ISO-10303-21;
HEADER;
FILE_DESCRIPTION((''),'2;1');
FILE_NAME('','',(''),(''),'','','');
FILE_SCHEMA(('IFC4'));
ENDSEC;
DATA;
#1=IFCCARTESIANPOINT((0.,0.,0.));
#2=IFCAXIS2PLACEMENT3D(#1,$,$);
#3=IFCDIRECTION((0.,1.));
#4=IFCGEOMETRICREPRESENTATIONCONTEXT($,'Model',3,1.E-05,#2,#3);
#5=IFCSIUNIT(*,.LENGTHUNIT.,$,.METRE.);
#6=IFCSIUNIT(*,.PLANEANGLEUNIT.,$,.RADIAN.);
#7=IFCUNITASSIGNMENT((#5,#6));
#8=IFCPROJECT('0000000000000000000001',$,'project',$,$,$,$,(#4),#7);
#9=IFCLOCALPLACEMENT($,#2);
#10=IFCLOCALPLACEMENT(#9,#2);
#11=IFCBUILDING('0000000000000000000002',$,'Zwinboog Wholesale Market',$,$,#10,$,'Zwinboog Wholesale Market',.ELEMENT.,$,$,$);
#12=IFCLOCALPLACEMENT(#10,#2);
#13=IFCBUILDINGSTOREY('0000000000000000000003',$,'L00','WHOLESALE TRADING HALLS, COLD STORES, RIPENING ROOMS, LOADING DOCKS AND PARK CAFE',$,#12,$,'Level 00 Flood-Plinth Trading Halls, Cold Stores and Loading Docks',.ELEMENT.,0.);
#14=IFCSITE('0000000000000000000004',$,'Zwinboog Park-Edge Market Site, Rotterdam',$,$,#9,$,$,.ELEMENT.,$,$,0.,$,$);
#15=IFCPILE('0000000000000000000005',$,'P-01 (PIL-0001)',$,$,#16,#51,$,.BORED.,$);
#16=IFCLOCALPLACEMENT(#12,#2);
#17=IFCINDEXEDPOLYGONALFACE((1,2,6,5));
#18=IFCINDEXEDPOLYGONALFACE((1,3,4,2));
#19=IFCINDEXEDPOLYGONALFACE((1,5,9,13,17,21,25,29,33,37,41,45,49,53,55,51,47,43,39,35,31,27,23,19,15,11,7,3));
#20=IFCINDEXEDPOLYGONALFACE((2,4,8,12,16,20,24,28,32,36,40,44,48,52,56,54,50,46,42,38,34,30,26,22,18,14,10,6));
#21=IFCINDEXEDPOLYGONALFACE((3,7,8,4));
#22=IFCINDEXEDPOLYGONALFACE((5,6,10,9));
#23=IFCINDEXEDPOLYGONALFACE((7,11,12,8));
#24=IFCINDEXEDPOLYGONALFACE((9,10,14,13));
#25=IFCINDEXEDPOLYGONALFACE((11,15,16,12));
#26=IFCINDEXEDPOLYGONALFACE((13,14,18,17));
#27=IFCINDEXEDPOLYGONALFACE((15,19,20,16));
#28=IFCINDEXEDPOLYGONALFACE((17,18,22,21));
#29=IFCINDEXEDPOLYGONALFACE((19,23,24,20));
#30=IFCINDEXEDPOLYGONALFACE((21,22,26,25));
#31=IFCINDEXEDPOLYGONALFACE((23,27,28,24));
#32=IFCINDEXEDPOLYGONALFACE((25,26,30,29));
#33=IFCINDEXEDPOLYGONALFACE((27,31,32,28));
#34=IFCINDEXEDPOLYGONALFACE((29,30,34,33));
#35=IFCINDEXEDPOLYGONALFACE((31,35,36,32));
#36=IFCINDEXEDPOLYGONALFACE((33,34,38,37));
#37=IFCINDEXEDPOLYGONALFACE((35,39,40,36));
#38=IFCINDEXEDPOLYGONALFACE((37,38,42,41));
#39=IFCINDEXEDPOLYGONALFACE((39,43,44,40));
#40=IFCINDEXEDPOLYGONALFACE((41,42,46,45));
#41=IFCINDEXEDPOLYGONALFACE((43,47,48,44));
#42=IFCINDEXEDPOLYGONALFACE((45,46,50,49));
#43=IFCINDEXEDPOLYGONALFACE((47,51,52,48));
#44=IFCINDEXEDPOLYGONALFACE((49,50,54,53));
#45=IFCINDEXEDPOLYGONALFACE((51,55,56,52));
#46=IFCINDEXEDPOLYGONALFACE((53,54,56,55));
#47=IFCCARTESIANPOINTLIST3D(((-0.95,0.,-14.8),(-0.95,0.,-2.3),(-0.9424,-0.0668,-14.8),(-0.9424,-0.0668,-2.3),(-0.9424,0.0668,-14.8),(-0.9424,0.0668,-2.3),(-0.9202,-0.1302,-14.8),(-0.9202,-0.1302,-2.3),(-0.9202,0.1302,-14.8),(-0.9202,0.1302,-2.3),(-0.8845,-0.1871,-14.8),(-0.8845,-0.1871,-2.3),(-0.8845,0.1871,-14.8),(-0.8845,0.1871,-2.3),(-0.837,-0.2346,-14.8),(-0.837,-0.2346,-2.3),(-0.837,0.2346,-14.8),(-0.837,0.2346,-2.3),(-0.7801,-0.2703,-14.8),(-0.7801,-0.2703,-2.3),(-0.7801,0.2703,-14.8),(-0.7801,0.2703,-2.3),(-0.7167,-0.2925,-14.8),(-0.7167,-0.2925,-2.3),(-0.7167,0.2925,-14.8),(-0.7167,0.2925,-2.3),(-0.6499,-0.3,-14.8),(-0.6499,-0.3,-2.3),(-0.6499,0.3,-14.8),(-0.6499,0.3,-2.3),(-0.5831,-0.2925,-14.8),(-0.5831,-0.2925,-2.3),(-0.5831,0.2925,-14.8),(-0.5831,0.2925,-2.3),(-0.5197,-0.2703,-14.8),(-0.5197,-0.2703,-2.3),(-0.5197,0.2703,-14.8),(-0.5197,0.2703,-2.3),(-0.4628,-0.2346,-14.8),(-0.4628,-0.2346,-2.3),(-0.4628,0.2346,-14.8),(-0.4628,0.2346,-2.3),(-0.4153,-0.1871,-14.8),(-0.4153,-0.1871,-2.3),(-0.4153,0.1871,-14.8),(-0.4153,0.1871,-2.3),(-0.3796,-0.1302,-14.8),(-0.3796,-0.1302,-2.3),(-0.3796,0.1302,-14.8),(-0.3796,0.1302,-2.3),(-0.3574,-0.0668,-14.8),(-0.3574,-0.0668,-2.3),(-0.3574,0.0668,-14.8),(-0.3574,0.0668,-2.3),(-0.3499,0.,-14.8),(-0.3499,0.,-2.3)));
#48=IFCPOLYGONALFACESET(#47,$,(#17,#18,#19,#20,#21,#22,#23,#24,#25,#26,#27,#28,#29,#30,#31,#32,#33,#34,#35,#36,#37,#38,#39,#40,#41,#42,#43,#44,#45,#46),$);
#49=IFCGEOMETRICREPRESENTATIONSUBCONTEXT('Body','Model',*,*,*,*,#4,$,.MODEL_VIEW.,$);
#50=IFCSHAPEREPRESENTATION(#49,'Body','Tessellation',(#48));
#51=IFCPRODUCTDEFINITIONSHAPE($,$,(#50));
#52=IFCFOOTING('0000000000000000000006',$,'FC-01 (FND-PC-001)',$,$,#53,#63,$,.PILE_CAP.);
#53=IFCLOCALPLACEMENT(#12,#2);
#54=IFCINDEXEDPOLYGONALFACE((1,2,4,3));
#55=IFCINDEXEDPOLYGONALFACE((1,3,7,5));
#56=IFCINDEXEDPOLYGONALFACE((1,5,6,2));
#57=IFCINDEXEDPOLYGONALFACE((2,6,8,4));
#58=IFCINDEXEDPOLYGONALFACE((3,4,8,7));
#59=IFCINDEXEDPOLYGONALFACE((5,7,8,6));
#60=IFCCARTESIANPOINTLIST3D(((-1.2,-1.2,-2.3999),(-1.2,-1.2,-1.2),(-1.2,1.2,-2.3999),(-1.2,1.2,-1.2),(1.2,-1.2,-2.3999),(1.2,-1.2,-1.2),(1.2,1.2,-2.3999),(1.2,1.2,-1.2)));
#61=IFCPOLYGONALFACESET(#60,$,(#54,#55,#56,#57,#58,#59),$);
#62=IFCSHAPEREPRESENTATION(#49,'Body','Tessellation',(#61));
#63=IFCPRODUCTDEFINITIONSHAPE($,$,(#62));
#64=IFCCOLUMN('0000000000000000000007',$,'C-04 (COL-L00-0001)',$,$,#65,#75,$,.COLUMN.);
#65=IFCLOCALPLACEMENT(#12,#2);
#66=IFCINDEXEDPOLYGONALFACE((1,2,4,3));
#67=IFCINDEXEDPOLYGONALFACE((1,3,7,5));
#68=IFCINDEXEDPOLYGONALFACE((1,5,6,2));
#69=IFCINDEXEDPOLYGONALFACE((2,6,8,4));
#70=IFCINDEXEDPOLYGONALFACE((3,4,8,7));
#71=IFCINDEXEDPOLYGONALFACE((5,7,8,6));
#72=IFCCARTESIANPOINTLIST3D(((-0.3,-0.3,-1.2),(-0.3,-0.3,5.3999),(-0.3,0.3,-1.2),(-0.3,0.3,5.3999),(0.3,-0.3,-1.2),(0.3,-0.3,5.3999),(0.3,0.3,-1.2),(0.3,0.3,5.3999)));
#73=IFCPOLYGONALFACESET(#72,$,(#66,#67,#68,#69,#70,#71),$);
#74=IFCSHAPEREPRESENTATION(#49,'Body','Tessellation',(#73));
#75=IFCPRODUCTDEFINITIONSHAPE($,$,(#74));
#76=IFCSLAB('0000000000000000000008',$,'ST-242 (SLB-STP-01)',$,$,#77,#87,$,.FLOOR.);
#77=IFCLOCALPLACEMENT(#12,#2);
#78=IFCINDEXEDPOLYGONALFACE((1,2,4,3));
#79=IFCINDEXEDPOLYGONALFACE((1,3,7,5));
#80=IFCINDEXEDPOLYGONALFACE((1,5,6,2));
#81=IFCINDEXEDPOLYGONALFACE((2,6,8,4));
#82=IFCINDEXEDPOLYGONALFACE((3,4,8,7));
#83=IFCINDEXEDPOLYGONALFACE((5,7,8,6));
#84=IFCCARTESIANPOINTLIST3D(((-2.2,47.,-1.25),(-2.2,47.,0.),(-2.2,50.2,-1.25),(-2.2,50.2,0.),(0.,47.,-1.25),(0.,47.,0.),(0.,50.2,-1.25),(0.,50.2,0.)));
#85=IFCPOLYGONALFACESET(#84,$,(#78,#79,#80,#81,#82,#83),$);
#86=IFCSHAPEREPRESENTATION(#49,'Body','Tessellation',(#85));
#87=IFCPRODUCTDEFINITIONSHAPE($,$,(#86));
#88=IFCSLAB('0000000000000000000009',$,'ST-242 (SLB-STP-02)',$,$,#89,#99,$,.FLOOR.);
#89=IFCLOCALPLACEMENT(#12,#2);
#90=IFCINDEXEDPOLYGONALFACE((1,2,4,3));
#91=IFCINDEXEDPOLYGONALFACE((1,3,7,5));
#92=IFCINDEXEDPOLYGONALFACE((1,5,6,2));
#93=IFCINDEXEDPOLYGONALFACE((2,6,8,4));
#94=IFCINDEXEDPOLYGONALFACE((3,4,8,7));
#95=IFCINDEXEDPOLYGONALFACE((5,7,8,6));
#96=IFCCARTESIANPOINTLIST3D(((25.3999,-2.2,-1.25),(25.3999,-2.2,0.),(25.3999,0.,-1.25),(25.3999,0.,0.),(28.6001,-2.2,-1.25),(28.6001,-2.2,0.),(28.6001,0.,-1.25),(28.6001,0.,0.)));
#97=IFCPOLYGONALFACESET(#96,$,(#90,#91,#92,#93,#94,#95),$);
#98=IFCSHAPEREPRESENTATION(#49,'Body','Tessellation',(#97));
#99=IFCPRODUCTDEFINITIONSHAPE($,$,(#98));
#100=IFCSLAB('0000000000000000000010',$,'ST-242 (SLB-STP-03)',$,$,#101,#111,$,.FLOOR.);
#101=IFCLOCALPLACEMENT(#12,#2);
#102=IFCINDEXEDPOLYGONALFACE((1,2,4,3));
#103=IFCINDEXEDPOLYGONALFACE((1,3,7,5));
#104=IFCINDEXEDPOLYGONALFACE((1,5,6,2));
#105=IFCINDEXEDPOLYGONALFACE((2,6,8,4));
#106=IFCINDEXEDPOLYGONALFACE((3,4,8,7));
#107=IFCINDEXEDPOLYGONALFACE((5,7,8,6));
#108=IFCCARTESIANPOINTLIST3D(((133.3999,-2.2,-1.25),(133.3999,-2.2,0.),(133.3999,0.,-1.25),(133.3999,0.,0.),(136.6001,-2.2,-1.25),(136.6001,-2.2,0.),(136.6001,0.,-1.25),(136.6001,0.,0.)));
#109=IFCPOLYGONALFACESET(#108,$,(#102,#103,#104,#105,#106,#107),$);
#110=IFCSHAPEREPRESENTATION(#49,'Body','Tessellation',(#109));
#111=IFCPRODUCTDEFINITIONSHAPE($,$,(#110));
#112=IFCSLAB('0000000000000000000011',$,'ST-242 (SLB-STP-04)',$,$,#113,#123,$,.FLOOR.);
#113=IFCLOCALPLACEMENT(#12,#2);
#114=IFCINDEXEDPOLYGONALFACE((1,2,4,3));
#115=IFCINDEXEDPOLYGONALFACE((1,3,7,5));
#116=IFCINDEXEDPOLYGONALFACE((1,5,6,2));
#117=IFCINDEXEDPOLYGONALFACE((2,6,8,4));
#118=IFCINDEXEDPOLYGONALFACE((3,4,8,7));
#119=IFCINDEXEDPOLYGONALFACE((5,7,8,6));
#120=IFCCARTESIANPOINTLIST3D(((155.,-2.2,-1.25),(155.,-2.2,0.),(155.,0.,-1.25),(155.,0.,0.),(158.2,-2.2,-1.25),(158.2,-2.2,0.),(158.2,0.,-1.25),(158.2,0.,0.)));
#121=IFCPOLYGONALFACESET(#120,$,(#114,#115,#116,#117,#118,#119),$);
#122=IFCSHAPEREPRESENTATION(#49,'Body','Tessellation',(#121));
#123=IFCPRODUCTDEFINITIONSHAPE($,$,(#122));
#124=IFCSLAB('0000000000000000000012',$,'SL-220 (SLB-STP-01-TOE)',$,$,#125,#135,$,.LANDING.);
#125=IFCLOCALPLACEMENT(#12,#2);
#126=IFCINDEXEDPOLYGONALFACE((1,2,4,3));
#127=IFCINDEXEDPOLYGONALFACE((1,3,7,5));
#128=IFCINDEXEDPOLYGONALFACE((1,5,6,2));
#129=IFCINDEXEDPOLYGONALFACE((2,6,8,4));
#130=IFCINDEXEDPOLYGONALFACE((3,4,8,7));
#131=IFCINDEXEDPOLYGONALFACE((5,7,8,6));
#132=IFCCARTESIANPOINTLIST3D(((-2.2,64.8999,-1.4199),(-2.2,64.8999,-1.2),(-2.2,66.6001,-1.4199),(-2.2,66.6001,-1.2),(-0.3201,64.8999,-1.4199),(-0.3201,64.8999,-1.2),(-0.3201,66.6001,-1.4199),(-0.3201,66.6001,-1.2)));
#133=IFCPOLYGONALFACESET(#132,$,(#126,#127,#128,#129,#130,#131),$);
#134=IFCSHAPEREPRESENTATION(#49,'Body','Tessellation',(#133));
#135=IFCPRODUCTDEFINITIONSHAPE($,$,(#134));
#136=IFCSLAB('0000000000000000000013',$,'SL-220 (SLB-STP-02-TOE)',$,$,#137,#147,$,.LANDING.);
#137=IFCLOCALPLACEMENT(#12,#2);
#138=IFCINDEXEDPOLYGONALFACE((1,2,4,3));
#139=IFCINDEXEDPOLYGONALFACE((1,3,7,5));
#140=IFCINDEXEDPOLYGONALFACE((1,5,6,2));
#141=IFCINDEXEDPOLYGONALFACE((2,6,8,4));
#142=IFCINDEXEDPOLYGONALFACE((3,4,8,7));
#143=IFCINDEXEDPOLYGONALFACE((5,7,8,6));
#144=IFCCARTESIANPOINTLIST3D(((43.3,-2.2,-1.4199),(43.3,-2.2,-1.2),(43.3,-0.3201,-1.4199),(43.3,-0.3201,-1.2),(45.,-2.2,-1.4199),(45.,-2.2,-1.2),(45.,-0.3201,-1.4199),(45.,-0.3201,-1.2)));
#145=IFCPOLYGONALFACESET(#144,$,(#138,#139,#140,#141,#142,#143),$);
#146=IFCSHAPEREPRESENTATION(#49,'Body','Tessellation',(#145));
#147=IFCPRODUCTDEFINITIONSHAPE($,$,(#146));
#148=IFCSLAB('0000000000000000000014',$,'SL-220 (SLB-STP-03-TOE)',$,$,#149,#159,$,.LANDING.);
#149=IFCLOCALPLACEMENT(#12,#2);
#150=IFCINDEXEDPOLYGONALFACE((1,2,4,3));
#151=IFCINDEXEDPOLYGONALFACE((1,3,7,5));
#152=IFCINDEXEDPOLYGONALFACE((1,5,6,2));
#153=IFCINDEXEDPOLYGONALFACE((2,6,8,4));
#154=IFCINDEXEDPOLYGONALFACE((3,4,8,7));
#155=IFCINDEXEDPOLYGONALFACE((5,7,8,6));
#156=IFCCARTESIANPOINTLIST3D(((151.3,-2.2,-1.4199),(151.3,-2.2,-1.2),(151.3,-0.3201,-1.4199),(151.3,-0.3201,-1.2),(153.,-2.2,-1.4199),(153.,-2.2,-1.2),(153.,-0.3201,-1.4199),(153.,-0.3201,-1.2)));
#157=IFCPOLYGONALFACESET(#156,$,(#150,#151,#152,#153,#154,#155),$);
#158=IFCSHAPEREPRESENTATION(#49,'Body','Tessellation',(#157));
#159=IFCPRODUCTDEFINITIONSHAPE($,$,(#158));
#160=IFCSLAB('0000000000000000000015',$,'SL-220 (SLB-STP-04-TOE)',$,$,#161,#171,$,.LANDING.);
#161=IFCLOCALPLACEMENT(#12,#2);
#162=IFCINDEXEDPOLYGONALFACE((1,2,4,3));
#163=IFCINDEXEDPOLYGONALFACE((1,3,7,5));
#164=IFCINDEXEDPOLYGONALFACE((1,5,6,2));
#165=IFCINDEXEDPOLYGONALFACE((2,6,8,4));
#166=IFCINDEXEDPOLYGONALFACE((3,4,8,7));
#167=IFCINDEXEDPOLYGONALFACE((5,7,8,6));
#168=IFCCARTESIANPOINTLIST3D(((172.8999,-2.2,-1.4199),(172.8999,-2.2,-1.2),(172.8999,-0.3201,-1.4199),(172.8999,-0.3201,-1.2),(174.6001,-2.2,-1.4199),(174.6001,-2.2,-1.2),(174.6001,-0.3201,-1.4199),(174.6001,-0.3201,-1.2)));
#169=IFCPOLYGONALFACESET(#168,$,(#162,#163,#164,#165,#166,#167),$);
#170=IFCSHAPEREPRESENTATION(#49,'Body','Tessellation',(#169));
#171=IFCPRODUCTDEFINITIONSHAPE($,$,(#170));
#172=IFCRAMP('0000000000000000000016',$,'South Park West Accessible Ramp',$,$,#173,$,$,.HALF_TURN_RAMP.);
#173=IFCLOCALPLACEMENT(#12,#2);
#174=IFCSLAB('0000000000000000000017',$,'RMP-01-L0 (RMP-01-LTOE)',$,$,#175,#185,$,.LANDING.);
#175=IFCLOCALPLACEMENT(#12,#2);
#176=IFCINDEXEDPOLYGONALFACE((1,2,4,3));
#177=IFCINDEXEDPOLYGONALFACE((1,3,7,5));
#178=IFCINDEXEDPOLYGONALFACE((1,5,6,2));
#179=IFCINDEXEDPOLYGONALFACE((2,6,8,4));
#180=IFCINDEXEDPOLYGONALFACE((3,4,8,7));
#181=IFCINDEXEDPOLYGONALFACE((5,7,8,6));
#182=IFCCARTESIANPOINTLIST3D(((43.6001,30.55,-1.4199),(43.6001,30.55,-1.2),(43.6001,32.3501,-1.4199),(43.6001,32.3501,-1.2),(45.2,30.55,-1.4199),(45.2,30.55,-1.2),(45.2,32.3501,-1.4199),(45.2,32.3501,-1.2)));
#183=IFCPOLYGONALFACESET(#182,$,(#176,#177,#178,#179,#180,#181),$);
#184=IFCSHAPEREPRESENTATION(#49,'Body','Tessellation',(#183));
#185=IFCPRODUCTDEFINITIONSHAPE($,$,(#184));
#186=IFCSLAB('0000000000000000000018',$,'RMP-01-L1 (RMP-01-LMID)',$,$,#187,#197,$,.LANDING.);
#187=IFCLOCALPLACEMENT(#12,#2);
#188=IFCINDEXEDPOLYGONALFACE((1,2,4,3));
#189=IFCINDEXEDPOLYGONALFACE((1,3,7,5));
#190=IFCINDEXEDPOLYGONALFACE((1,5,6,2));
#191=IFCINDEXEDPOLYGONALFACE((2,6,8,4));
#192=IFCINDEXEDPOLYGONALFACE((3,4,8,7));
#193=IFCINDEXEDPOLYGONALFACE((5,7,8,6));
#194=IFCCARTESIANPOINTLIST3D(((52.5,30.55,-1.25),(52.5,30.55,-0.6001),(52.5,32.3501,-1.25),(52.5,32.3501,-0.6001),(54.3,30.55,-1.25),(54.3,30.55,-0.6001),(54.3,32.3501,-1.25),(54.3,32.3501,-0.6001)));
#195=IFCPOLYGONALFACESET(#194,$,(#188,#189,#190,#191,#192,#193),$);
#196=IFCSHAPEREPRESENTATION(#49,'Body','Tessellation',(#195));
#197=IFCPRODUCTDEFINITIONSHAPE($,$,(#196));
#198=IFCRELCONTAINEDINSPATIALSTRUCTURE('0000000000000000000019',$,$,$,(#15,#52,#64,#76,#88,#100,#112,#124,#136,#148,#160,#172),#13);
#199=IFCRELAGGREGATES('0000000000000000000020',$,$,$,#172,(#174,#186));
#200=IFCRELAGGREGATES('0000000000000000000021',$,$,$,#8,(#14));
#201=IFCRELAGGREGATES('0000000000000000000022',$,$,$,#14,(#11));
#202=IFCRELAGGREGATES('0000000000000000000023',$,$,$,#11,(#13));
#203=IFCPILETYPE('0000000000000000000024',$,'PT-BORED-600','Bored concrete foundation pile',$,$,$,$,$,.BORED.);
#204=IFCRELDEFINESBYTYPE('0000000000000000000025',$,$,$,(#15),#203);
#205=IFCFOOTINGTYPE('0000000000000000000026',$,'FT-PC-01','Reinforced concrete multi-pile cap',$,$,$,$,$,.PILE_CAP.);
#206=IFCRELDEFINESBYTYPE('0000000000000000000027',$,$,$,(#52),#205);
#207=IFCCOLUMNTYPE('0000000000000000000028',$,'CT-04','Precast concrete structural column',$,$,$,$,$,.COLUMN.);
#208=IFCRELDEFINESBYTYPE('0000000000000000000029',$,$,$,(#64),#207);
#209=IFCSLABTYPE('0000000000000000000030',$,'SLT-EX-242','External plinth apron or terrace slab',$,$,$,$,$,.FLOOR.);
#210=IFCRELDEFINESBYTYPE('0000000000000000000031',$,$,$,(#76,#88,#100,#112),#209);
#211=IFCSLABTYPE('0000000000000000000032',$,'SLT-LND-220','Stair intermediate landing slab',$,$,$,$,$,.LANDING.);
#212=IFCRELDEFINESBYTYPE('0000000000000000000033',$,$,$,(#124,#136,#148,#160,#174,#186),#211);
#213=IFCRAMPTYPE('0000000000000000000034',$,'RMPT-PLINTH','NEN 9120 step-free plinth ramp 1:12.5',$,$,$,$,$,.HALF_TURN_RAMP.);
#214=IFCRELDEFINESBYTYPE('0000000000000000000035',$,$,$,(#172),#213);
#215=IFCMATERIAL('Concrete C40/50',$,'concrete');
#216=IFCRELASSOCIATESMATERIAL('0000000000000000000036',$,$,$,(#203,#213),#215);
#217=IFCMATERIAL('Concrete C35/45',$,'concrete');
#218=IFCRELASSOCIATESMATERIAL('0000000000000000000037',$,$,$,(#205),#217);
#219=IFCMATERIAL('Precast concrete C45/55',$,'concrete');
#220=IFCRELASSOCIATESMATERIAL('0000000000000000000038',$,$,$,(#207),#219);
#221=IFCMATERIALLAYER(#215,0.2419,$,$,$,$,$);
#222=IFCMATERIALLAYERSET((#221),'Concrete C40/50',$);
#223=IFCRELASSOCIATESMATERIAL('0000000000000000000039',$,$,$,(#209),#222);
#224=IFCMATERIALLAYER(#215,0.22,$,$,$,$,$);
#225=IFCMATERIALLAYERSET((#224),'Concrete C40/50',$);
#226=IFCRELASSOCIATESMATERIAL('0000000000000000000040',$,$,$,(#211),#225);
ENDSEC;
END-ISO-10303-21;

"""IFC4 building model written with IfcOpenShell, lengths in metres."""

from ifc_helpers import new_model, si_unit, direction, frame, origin, origin_2d, place, context, subcontext, project, spatial, polyline, rectangle, circle, outline, extrude, material, layer, layer_set, material_profile, profile_set, type_object, element, aggregate, save


model = new_model("IFC4")

# Units and contexts
model_context = context("Model", 3, precision=1e-05, world=origin(), true_north=direction((0.0, 1.0)))
body_context = subcontext(model_context, "Body", "Model", "MODEL_VIEW")
ifc_project = project(units=[si_unit("LENGTHUNIT", "METRE"), si_unit("PLANEANGLEUNIT", "RADIAN")], contexts=[model_context])

# Site, building, storey
site_placement = place(None, origin())
site = spatial("IfcSite", under=ifc_project, at=site_placement, Name="Zwinboog Park-Edge Market Site, Rotterdam", CompositionType="ELEMENT", RefElevation=0.0)
building_placement = place(site_placement, origin())
building = spatial("IfcBuilding", under=site, at=building_placement, Name="Zwinboog Wholesale Market", LongName="Zwinboog Wholesale Market", CompositionType="ELEMENT")
storey_placement = place(building_placement, origin())
storey = spatial("IfcBuildingStorey", under=building, at=storey_placement, Name="L00", Description="WHOLESALE TRADING HALLS, COLD STORES, RIPENING ROOMS, LOADING DOCKS AND PARK CAFE", LongName="Level 00 Flood-Plinth Trading Halls, Cold Stores and Loading Docks", CompositionType="ELEMENT", Elevation=0.0)

# Pile
ifc_material_1 = material(Name="Concrete C40/50", Category="concrete")
ifc_material_profile_1 = material_profile(ifc_material_1, circle(Radius=0.3, at=origin_2d()), Name="PILE D600")
ifc_profile_set_1 = profile_set([ifc_material_profile_1], Name="Concrete C40/50")
pile_type = type_object("IfcPileType", Name="PT-BORED-600", Description="Bored concrete foundation pile", PredefinedType="BORED", material=ifc_profile_set_1)
pile_placement = place(storey_placement, frame((-0.6499, 0.0, -2.3), z_axis=(0.0, 0.0, -1.0), x_axis=(1.0, 0.0, 0.0)))
element("IfcPile", 1, at=pile_placement, inside=storey, type_object=pile_type, Name="P-01 (PIL-0001)", PredefinedType="BORED", context=body_context, shape_type="SweptSolid", body=[
    extrude(circle(Radius=0.3, at=origin_2d()), origin(), (0.0, 0.0, 1.0), 12.5),
])

# Footing
ifc_material_2 = material(Name="Concrete C35/45", Category="concrete")
footing_type = type_object("IfcFootingType", Name="FT-PC-01", Description="Reinforced concrete multi-pile cap", PredefinedType="PILE_CAP", material=ifc_material_2)
footing_placement = place(storey_placement, frame((0.0, 0.0, -2.3999), z_axis=(0.0, 0.0, 1.0), x_axis=(1.0, 0.0, 0.0)))
element("IfcFooting", 2, at=footing_placement, inside=storey, type_object=footing_type, Name="FC-01 (FND-PC-001)", PredefinedType="PILE_CAP", context=body_context, shape_type="SweptSolid", body=[
    extrude(rectangle(XDim=2.3999, YDim=2.3999, at=origin_2d()), origin(), (0.0, 0.0, 1.0), 1.2),
])

# Column
ifc_material_3 = material(Name="Precast concrete C45/55", Category="concrete")
ifc_material_profile_2 = material_profile(ifc_material_3, rectangle(XDim=0.6001, YDim=0.6001, at=origin_2d()), Name="PC 600x600")
ifc_profile_set_2 = profile_set([ifc_material_profile_2], Name="Precast concrete C45/55")
column_type = type_object("IfcColumnType", Name="CT-04", Description="Precast concrete structural column", PredefinedType="COLUMN", material=ifc_profile_set_2)
column_placement = place(storey_placement, frame((0.0, 0.0, -1.2), z_axis=(0.0, 0.0, 1.0), x_axis=(1.0, 0.0, 0.0)))
element("IfcColumn", 3, at=column_placement, inside=storey, type_object=column_type, Name="C-04 (COL-L00-0001)", PredefinedType="COLUMN", context=body_context, shape_type="SweptSolid", body=[
    extrude(rectangle(XDim=0.6001, YDim=0.6001, at=origin_2d()), origin(), (0.0, 0.0, 1.0), 6.5999),
])

# Slabs
ifc_layer_1 = layer(ifc_material_1, 0.2419)
ifc_layer_set_1 = layer_set([ifc_layer_1], Name="Concrete C40/50")
slab_type_1 = type_object("IfcSlabType", Name="SLT-EX-242", Description="External plinth apron or terrace slab", PredefinedType="FLOOR", material=ifc_layer_set_1)
slab_1_placement = place(storey_placement, frame((0.0, 0.0, -1.25)))
element("IfcSlab", 4, at=slab_1_placement, inside=storey, type_object=slab_type_1, Name="ST-242 (SLB-STP-01)", PredefinedType="FLOOR", context=body_context, shape_type="SweptSolid", body=[
    extrude(outline(polyline([(-2.2, 47.0), (0.0, 47.0), (0.0, 50.2), (-2.2, 50.2), (-2.2, 47.0)])), origin(), (0.0, 0.0, 1.0), 1.25),
])
slab_2_placement = place(storey_placement, frame((0.0, 0.0, -1.25)))
element("IfcSlab", 5, at=slab_2_placement, inside=storey, type_object=slab_type_1, Name="ST-242 (SLB-STP-02)", PredefinedType="FLOOR", context=body_context, shape_type="SweptSolid", body=[
    extrude(outline(polyline([(25.3999, -2.2), (28.6001, -2.2), (28.6001, 0.0), (25.3999, 0.0), (25.3999, -2.2)])), origin(), (0.0, 0.0, 1.0), 1.25),
])
slab_3_placement = place(storey_placement, frame((0.0, 0.0, -1.25)))
element("IfcSlab", 6, at=slab_3_placement, inside=storey, type_object=slab_type_1, Name="ST-242 (SLB-STP-03)", PredefinedType="FLOOR", context=body_context, shape_type="SweptSolid", body=[
    extrude(outline(polyline([(133.3999, -2.2), (136.6001, -2.2), (136.6001, 0.0), (133.3999, 0.0), (133.3999, -2.2)])), origin(), (0.0, 0.0, 1.0), 1.25),
])
slab_4_placement = place(storey_placement, frame((0.0, 0.0, -1.25)))
element("IfcSlab", 7, at=slab_4_placement, inside=storey, type_object=slab_type_1, Name="ST-242 (SLB-STP-04)", PredefinedType="FLOOR", context=body_context, shape_type="SweptSolid", body=[
    extrude(outline(polyline([(155.0, -2.2), (158.2, -2.2), (158.2, 0.0), (155.0, 0.0), (155.0, -2.2)])), origin(), (0.0, 0.0, 1.0), 1.25),
])
ifc_layer_2 = layer(ifc_material_1, 0.22)
ifc_layer_set_2 = layer_set([ifc_layer_2], Name="Concrete C40/50")
slab_type_2 = type_object("IfcSlabType", Name="SLT-LND-220", Description="Stair intermediate landing slab", PredefinedType="LANDING", material=ifc_layer_set_2)
slab_5_placement = place(storey_placement, frame((0.0, 0.0, -1.4199)))
element("IfcSlab", 8, at=slab_5_placement, inside=storey, type_object=slab_type_2, Name="SL-220 (SLB-STP-01-TOE)", PredefinedType="LANDING", context=body_context, shape_type="SweptSolid", body=[
    extrude(outline(polyline([(-2.2, 64.8999), (-0.3201, 64.8999), (-0.3201, 66.6001), (-2.2, 66.6001), (-2.2, 64.8999)])), origin(), (0.0, 0.0, 1.0), 0.22),
])
slab_6_placement = place(storey_placement, frame((0.0, 0.0, -1.4199)))
element("IfcSlab", 9, at=slab_6_placement, inside=storey, type_object=slab_type_2, Name="SL-220 (SLB-STP-02-TOE)", PredefinedType="LANDING", context=body_context, shape_type="SweptSolid", body=[
    extrude(outline(polyline([(43.3, -2.2), (45.0, -2.2), (45.0, -0.3201), (43.3, -0.3201), (43.3, -2.2)])), origin(), (0.0, 0.0, 1.0), 0.22),
])
slab_7_placement = place(storey_placement, frame((0.0, 0.0, -1.4199)))
element("IfcSlab", 10, at=slab_7_placement, inside=storey, type_object=slab_type_2, Name="SL-220 (SLB-STP-03-TOE)", PredefinedType="LANDING", context=body_context, shape_type="SweptSolid", body=[
    extrude(outline(polyline([(151.3, -2.2), (153.0, -2.2), (153.0, -0.3201), (151.3, -0.3201), (151.3, -2.2)])), origin(), (0.0, 0.0, 1.0), 0.22),
])
slab_8_placement = place(storey_placement, frame((0.0, 0.0, -1.4199)))
element("IfcSlab", 11, at=slab_8_placement, inside=storey, type_object=slab_type_2, Name="SL-220 (SLB-STP-04-TOE)", PredefinedType="LANDING", context=body_context, shape_type="SweptSolid", body=[
    extrude(outline(polyline([(172.8999, -2.2), (174.6001, -2.2), (174.6001, -0.3201), (172.8999, -0.3201), (172.8999, -2.2)])), origin(), (0.0, 0.0, 1.0), 0.22),
])

# Ramp, slabs
ramp_type = type_object("IfcRampType", Name="RMPT-PLINTH", Description="NEN 9120 step-free plinth ramp 1:12.5", PredefinedType="HALF_TURN_RAMP", material=ifc_material_1)
ramp_1_placement = place(storey_placement, origin())
ramp_1 = element("IfcRamp", 12, at=ramp_1_placement, inside=storey, type_object=ramp_type, Name="South Park West Accessible Ramp", PredefinedType="HALF_TURN_RAMP")
slab_9_placement = place(storey_placement, frame((0.0, 0.0, -1.4199)))
slab_9 = element("IfcSlab", 13, at=slab_9_placement, type_object=slab_type_2, Name="RMP-01-L0 (RMP-01-LTOE)", PredefinedType="LANDING", context=body_context, shape_type="SweptSolid", body=[
    extrude(outline(polyline([(43.6001, 30.55), (45.2, 30.55), (45.2, 32.3501), (43.6001, 32.3501), (43.6001, 30.55)])), origin(), (0.0, 0.0, 1.0), 0.22),
])
slab_10_placement = place(storey_placement, frame((0.0, 0.0, -1.25)))
slab_10 = element("IfcSlab", 14, at=slab_10_placement, type_object=slab_type_2, Name="RMP-01-L1 (RMP-01-LMID)", PredefinedType="LANDING", context=body_context, shape_type="SweptSolid", body=[
    extrude(outline(polyline([(52.5, 30.55), (54.3, 30.55), (54.3, 32.3501), (52.5, 32.3501), (52.5, 30.55)])), origin(), (0.0, 0.0, 1.0), 0.6499),
])
aggregate(ramp_1, [slab_9, slab_10])

save(model, "model.ifc")
